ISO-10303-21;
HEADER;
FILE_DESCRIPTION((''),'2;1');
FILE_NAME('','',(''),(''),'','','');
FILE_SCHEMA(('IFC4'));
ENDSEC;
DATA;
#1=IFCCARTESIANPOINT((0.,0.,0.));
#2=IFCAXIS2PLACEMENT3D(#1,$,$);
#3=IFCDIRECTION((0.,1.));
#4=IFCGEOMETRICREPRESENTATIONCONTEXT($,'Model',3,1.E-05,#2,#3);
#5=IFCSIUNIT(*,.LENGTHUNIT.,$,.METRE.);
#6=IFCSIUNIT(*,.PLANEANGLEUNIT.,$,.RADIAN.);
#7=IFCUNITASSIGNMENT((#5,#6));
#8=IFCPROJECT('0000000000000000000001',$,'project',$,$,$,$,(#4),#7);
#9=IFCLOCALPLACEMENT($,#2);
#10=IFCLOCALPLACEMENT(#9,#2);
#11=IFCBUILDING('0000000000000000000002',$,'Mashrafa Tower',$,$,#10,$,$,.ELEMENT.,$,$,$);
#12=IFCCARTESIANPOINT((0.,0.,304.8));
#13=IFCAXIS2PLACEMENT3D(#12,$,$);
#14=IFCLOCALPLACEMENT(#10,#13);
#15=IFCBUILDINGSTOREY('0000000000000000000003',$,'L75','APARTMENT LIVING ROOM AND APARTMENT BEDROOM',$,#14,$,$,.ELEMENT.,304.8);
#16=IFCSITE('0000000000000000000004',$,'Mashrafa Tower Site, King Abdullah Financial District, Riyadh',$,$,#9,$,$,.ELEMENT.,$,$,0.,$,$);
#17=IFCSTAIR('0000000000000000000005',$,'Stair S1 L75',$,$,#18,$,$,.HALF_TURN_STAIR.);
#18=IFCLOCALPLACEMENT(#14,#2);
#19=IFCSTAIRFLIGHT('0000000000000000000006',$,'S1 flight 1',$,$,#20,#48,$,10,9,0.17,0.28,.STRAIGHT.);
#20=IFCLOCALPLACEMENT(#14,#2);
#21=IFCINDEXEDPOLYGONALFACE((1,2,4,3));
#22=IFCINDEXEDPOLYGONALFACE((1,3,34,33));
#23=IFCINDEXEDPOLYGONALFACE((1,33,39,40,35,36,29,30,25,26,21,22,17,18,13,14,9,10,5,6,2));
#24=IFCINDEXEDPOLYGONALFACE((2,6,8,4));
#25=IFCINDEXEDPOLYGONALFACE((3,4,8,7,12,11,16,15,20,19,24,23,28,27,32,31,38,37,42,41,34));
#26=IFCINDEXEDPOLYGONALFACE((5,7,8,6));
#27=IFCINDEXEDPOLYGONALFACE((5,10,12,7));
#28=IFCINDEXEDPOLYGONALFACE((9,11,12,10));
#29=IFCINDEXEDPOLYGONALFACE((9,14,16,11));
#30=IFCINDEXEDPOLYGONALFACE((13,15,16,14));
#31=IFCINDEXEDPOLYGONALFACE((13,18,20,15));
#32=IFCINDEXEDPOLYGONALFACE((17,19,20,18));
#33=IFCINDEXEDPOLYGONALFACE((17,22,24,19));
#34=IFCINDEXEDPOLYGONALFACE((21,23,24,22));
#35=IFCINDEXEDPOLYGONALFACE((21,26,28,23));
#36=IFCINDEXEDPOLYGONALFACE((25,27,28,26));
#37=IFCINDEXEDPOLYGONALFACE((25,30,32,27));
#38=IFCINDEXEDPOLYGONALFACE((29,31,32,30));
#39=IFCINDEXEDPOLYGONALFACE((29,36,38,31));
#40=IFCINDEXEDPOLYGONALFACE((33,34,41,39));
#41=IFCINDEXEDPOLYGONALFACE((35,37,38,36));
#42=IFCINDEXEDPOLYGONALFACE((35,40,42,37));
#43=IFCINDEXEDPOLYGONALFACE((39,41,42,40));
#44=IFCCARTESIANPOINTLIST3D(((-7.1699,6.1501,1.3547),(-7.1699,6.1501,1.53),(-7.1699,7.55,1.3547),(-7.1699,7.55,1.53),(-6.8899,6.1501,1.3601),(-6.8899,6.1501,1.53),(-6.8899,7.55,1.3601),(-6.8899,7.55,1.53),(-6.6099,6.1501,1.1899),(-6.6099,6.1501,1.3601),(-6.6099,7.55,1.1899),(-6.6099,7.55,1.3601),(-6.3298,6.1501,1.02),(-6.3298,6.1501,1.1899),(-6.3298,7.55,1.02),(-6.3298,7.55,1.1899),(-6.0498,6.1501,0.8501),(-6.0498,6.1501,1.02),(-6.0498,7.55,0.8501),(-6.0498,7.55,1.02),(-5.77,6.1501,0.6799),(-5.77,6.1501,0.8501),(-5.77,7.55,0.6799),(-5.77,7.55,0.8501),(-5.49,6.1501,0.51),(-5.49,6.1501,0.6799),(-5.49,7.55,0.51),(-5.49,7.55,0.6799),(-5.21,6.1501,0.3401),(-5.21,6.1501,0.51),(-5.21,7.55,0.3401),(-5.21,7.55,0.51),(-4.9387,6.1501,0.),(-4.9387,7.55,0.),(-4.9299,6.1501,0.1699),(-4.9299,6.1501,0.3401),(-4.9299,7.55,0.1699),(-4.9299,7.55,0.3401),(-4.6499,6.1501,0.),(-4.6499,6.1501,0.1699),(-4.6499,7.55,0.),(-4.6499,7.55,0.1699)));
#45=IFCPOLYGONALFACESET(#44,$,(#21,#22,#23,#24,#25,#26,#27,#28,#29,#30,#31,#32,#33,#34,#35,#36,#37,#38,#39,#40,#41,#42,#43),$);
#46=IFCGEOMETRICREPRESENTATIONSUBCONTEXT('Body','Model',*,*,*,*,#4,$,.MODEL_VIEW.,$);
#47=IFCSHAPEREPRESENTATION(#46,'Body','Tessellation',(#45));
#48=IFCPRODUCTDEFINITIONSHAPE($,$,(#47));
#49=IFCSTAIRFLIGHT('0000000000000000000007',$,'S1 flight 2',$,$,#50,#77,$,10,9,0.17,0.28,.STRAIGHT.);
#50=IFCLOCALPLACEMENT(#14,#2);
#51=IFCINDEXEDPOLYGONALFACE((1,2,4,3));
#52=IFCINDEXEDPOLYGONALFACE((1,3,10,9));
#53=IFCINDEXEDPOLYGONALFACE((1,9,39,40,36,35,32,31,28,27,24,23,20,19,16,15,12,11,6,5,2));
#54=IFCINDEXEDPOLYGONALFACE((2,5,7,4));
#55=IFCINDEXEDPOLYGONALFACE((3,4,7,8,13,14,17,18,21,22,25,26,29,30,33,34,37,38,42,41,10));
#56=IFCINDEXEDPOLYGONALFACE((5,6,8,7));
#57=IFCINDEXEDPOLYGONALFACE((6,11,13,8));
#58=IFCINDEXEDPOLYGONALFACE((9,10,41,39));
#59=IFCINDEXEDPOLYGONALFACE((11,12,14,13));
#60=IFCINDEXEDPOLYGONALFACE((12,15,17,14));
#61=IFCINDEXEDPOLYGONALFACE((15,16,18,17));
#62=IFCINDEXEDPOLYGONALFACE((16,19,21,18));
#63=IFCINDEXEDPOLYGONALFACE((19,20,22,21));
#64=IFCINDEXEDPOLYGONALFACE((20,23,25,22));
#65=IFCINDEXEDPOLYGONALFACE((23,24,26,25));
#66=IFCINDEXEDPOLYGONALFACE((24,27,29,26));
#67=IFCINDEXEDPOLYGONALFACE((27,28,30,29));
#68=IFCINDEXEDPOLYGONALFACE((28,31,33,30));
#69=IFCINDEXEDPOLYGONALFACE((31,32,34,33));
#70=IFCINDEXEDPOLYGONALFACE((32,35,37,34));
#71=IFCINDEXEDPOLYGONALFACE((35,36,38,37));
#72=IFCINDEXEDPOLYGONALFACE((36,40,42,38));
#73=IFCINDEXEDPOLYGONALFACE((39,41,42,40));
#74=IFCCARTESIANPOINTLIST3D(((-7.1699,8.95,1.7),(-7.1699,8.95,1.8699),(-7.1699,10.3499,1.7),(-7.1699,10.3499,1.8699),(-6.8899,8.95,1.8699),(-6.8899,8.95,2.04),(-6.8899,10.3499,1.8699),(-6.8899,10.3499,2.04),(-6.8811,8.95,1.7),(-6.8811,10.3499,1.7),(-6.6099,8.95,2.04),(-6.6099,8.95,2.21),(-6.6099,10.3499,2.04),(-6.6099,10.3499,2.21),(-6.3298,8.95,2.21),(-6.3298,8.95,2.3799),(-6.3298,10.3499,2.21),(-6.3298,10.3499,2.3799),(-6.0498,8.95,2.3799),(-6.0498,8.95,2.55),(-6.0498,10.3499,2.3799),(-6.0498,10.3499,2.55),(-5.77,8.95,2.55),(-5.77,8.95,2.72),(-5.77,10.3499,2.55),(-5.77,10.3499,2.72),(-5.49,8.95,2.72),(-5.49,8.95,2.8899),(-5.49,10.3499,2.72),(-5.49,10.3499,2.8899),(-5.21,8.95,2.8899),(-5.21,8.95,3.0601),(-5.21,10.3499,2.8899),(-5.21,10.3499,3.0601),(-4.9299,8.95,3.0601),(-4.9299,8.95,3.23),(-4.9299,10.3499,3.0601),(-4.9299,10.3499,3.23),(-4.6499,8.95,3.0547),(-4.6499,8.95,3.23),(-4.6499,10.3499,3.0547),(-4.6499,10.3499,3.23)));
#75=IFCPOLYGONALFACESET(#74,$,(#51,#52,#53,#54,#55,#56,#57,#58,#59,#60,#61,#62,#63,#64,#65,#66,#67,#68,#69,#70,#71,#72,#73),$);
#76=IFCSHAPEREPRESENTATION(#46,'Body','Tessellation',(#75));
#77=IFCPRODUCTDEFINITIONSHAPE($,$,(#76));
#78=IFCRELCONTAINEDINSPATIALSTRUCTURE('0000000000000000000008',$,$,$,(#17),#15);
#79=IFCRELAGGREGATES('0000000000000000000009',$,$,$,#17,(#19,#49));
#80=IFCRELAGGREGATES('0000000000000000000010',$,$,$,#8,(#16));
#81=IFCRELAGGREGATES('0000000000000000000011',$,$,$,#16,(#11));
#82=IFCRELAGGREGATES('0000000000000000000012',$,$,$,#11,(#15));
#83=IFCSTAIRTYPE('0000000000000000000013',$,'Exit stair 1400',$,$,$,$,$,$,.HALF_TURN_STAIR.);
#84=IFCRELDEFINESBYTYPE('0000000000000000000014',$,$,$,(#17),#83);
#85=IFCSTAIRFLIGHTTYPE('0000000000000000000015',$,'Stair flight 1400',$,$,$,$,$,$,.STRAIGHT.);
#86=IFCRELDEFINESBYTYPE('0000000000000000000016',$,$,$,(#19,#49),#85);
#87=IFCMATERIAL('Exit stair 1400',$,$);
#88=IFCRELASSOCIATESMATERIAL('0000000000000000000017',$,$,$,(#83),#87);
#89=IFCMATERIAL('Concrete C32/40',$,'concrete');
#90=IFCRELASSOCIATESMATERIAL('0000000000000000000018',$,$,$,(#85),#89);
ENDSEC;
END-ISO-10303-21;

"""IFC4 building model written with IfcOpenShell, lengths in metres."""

from ifc_helpers import new_model, si_unit, direction, frame, origin, place, context, subcontext, project, spatial, polyline, outline, extrude, material, type_object, element, aggregate, save


model = new_model("IFC4")

# Units and contexts
model_context = context("Model", 3, precision=1e-05, world=origin(), true_north=direction((0.0, 1.0)))
body_context = subcontext(model_context, "Body", "Model", "MODEL_VIEW")
ifc_project = project(units=[si_unit("LENGTHUNIT", "METRE"), si_unit("PLANEANGLEUNIT", "RADIAN")], contexts=[model_context])

# Site, building, storey
site_placement = place(None, origin())
site = spatial("IfcSite", under=ifc_project, at=site_placement, Name="Mashrafa Tower Site, King Abdullah Financial District, Riyadh", CompositionType="ELEMENT", RefElevation=0.0)
building_placement = place(site_placement, origin())
building = spatial("IfcBuilding", under=site, at=building_placement, Name="Mashrafa Tower", CompositionType="ELEMENT")
storey_placement = place(building_placement, frame((0.0, 0.0, 304.8)))
storey = spatial("IfcBuildingStorey", under=building, at=storey_placement, Name="L75", Description="APARTMENT LIVING ROOM AND APARTMENT BEDROOM", CompositionType="ELEMENT", Elevation=304.8)

# Stair, stair flights
ifc_material_1 = material(Name="Exit stair 1400")
stair_type = type_object("IfcStairType", Name="Exit stair 1400", PredefinedType="HALF_TURN_STAIR", material=ifc_material_1)
stair_placement = place(storey_placement, origin())
stair = element("IfcStair", 1, at=stair_placement, inside=storey, type_object=stair_type, Name="Stair S1 L75", PredefinedType="HALF_TURN_STAIR")
ifc_material_2 = material(Name="Concrete C32/40", Category="concrete")
stair_flight_type = type_object("IfcStairFlightType", Name="Stair flight 1400", PredefinedType="STRAIGHT", material=ifc_material_2)
stair_flight_1_placement = place(storey_placement, frame((-4.6499, 6.8501, 0.0), z_axis=(0.0, 0.0, 1.0), x_axis=(-1.0, 0.0, 0.0)))
stair_flight_1 = element("IfcStairFlight", 2, at=stair_flight_1_placement, type_object=stair_flight_type, Name="S1 flight 1", NumberOfRisers=10, NumberOfTreads=9, PredefinedType="STRAIGHT", RiserHeight=0.17, TreadLength=0.28, context=body_context, shape_type="SweptSolid", body=[
    extrude(outline(polyline([(0.0, 0.0), (0.0, 0.1699), (0.28, 0.1699), (0.28, 0.3401), (0.5601, 0.3401), (0.5601, 0.51), (0.8401, 0.51), (0.8401, 0.6799), (1.1201, 0.6799), (1.1201, 0.8501), (1.3999, 0.8501), (1.3999, 1.02), (1.6799, 1.02), (1.6799, 1.1899), (1.96, 1.1899), (1.96, 1.3601), (2.24, 1.3601), (2.24, 1.53), (2.52, 1.53), (2.52, 1.7), (2.52, 1.3547), (0.2888, 0.0), (0.0, 0.0)])), frame((0.0, 0.7, 0.0), z_axis=(0.0, -1.0, 0.0), x_axis=(1.0, 0.0, 0.0)), (0.0, 0.0, 1.0), 1.3999),
])
stair_flight_2_placement = place(storey_placement, frame((-7.1699, 9.6499, 1.7), z_axis=(0.0, 0.0, 1.0), x_axis=(1.0, 0.0, 0.0)))
stair_flight_2 = element("IfcStairFlight", 3, at=stair_flight_2_placement, type_object=stair_flight_type, Name="S1 flight 2", NumberOfRisers=10, NumberOfTreads=9, PredefinedType="STRAIGHT", RiserHeight=0.17, TreadLength=0.28, context=body_context, shape_type="SweptSolid", body=[
    extrude(outline(polyline([(0.0, 0.0), (0.0, 0.1699), (0.28, 0.1699), (0.28, 0.3401), (0.5601, 0.3401), (0.5601, 0.51), (0.8401, 0.51), (0.8401, 0.6799), (1.1201, 0.6799), (1.1201, 0.8501), (1.3999, 0.8501), (1.3999, 1.02), (1.6799, 1.02), (1.6799, 1.1899), (1.96, 1.1899), (1.96, 1.3601), (2.24, 1.3601), (2.24, 1.53), (2.52, 1.53), (2.52, 1.7), (2.52, 1.3547), (0.2888, 0.0), (0.0, 0.0)])), frame((0.0, 0.7, 0.0), z_axis=(0.0, -1.0, 0.0), x_axis=(1.0, 0.0, 0.0)), (0.0, 0.0, 1.0), 1.3999),
])
aggregate(stair, [stair_flight_1, stair_flight_2])

save(model, "model.ifc")
